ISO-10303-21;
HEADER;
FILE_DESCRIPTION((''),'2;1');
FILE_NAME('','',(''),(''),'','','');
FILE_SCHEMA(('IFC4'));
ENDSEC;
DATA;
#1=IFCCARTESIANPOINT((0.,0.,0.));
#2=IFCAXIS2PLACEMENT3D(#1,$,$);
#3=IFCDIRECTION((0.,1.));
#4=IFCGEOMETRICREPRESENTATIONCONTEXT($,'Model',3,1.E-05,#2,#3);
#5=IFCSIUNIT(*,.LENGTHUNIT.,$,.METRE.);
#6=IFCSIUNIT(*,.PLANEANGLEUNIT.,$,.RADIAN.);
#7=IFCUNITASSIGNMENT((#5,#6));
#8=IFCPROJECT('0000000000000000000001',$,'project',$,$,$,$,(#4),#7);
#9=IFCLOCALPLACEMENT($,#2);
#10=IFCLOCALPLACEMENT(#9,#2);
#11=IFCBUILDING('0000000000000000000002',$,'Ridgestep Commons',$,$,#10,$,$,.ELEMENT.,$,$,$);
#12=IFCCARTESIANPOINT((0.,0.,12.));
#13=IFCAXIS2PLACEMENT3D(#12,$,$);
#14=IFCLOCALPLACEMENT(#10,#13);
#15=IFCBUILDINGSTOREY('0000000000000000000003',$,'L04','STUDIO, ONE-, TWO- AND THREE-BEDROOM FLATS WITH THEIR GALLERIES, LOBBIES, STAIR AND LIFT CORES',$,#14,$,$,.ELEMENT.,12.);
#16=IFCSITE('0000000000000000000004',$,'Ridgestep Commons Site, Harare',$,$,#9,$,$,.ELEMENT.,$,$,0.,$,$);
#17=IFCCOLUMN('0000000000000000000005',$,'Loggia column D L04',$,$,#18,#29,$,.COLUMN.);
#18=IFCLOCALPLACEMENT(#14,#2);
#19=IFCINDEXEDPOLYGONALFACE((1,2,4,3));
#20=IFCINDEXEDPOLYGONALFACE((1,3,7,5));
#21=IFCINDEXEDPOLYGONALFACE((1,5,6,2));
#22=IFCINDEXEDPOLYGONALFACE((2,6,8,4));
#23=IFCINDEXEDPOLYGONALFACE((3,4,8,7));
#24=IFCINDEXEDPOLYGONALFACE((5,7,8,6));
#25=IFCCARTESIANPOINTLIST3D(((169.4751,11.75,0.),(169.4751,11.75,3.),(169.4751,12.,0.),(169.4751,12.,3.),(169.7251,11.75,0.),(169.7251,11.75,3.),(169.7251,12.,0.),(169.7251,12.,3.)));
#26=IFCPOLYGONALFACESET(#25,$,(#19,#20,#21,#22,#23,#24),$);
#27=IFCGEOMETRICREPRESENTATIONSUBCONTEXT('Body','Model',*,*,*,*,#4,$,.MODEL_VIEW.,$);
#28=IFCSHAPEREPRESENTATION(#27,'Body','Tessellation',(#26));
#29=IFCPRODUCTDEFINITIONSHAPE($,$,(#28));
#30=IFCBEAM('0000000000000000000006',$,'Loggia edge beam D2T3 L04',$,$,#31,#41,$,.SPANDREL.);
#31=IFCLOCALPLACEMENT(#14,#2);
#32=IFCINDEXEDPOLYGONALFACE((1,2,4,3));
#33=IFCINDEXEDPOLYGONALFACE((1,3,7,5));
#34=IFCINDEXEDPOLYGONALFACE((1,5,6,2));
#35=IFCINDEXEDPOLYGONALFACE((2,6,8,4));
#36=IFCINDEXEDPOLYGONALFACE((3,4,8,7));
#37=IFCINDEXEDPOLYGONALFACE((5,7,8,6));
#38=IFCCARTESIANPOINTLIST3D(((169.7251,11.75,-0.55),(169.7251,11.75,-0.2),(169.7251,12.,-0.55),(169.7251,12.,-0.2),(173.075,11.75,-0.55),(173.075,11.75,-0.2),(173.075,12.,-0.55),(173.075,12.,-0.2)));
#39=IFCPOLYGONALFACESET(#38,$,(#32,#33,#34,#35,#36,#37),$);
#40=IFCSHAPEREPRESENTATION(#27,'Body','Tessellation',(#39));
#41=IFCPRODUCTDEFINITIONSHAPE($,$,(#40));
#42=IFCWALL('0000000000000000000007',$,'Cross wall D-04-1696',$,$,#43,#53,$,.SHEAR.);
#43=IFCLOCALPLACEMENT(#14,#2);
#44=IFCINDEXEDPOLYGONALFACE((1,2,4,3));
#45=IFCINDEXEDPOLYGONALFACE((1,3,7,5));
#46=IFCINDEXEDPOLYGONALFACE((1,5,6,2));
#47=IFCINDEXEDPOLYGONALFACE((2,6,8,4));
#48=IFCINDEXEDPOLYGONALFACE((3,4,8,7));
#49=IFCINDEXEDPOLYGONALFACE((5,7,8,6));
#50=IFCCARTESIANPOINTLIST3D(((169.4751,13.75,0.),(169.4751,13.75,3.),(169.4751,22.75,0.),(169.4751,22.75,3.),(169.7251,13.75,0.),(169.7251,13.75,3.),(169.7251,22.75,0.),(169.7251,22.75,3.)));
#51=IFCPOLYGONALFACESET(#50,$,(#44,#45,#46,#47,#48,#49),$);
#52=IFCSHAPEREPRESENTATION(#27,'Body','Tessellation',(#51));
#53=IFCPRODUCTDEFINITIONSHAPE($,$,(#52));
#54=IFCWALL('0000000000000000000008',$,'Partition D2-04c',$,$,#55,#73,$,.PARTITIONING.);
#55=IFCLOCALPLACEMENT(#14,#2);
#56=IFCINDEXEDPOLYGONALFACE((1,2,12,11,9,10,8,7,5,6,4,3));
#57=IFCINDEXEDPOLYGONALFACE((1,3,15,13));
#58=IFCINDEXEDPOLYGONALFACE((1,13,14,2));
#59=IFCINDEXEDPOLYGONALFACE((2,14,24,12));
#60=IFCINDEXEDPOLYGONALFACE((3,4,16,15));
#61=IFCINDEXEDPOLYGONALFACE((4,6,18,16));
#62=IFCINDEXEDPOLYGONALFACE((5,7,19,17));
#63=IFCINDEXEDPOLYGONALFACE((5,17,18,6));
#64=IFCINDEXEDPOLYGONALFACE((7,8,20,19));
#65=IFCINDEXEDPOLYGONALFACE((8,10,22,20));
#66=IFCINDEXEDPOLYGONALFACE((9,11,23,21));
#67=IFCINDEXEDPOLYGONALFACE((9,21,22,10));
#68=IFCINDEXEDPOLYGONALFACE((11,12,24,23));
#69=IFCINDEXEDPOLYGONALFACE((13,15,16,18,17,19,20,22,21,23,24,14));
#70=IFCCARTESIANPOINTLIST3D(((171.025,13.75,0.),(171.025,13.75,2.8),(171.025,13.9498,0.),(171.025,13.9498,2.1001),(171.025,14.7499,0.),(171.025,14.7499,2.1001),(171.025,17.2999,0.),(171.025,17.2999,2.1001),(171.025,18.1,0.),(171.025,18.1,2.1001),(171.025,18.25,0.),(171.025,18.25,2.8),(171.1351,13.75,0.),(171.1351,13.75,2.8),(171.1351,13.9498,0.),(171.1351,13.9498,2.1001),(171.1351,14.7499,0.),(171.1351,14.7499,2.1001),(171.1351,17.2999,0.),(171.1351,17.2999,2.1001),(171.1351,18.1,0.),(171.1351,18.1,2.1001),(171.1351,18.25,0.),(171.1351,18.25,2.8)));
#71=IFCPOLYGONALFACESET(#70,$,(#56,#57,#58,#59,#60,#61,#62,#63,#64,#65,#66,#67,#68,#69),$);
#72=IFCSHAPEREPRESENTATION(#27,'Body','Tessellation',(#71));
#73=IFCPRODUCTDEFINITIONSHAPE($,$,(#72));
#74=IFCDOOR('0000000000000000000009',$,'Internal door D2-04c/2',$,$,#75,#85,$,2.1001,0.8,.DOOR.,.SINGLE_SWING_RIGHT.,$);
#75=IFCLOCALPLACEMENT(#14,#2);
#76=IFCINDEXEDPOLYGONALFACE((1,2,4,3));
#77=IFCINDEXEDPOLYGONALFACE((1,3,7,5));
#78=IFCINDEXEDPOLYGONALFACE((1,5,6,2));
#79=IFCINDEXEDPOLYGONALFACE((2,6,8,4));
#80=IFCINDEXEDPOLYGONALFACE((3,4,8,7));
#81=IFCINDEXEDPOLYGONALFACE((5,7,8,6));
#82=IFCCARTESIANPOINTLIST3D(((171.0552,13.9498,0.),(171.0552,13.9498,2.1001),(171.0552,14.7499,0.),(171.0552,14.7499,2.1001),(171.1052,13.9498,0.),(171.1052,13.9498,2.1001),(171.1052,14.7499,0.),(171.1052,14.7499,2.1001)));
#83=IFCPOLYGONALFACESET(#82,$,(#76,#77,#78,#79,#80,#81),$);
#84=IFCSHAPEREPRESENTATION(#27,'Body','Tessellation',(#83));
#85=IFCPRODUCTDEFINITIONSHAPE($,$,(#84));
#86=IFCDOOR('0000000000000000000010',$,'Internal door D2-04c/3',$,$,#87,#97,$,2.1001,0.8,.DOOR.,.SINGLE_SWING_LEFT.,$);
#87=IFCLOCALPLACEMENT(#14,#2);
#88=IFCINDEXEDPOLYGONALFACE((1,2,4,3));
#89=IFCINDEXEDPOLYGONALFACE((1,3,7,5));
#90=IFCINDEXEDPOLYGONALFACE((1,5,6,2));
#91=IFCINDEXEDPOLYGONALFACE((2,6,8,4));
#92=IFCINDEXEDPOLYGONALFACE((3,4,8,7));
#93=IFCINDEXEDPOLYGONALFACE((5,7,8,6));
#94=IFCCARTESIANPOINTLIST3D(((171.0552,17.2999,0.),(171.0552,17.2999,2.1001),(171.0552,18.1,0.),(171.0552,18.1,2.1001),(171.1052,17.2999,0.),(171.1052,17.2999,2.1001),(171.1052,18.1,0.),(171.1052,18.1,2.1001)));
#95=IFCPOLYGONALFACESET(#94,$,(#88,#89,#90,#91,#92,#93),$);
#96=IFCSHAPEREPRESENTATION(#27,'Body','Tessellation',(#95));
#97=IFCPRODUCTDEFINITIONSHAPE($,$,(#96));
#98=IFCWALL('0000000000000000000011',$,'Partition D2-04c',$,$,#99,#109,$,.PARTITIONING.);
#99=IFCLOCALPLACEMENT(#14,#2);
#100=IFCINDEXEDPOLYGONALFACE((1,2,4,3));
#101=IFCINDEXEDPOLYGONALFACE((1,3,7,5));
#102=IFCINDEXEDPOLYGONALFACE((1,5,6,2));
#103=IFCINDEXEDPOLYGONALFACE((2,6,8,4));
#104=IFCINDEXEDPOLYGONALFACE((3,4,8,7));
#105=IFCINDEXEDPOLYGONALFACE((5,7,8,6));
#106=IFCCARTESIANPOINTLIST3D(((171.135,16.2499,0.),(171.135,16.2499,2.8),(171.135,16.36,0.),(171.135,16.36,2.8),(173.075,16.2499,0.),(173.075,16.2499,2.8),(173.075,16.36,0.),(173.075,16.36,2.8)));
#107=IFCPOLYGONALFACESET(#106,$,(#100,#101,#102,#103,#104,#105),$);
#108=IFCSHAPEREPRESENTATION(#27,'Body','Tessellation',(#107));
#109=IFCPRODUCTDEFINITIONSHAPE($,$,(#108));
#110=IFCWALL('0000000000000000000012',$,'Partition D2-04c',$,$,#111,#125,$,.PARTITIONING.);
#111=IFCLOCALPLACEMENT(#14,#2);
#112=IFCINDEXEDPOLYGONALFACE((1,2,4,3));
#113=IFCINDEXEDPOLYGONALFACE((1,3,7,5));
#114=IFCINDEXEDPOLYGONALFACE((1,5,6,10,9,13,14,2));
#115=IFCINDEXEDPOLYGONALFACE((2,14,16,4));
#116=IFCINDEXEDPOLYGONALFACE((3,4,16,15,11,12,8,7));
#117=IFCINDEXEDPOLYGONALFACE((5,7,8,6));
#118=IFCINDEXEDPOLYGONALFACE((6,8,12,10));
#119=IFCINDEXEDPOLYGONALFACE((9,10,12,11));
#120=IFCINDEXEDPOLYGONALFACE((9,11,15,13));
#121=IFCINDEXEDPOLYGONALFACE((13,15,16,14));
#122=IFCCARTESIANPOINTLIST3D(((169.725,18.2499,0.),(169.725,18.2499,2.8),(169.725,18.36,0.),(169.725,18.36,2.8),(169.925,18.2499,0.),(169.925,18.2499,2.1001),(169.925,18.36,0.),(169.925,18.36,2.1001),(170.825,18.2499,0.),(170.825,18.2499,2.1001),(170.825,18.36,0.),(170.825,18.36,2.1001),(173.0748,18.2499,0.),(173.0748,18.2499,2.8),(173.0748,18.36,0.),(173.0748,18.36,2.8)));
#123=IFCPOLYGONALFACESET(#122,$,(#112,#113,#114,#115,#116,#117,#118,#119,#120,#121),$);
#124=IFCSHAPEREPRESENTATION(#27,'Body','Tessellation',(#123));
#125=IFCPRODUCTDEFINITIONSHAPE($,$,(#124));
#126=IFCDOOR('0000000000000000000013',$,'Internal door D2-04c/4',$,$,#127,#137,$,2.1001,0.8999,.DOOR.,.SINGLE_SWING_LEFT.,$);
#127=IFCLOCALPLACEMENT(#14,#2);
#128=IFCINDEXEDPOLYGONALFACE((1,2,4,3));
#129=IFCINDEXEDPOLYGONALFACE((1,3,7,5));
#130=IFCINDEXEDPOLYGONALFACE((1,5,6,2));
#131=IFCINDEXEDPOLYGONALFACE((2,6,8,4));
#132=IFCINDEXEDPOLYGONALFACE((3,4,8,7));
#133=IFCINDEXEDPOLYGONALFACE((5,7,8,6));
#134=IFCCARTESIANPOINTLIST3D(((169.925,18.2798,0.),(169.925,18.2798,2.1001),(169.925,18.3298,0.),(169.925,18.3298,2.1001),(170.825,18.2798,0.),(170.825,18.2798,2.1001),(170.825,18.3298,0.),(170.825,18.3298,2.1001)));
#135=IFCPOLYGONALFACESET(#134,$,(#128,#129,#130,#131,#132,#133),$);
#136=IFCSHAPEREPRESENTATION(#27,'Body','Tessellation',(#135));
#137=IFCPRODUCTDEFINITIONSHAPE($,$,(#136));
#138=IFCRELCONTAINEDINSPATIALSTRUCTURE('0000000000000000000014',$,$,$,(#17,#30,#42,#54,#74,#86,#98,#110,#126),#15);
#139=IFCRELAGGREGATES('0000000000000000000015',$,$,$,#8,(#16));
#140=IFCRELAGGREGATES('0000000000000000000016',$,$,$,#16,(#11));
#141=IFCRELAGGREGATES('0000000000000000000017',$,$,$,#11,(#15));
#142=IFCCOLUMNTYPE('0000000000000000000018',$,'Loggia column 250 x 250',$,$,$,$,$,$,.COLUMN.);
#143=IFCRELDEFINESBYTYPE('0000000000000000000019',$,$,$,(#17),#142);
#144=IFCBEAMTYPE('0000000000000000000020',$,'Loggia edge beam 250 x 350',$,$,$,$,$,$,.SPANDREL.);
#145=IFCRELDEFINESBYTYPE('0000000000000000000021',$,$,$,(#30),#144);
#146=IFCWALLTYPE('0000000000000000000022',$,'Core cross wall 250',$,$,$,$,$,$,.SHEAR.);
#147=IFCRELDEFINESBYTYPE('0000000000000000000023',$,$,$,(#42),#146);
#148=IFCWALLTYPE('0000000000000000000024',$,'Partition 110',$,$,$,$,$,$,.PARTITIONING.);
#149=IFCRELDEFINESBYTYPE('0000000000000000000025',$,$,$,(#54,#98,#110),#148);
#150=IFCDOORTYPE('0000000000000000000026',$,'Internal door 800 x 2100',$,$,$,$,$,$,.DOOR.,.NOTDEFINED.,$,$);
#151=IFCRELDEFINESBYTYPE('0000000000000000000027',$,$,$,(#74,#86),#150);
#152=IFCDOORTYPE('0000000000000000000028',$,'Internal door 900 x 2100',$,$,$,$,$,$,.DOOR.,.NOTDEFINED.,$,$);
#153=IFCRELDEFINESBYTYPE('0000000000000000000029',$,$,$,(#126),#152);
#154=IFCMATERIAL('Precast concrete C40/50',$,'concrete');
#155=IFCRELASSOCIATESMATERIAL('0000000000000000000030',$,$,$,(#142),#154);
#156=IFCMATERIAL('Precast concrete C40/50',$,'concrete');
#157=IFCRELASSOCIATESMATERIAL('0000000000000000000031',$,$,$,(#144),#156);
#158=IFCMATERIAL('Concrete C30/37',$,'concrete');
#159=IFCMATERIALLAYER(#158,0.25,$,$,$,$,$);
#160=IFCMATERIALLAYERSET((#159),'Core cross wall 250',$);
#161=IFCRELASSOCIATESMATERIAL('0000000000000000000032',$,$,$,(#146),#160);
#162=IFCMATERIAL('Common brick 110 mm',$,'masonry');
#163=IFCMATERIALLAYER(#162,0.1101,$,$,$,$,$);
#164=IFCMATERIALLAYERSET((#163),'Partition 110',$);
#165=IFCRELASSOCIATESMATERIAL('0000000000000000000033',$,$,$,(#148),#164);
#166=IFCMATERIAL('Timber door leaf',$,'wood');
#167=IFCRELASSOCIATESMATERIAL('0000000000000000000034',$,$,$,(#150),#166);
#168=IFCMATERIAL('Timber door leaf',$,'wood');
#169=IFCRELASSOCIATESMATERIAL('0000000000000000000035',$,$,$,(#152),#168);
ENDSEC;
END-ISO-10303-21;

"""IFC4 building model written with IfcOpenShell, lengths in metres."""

from ifc_helpers import new_model, si_unit, direction, frame, frame_2d, origin, origin_2d, place, context, subcontext, project, spatial, rectangle, extrude, material, layer, layer_set, material_profile, profile_set, type_object, element, fill, save


model = new_model("IFC4")

# Units and contexts
model_context = context("Model", 3, precision=1e-05, world=origin(), true_north=direction((0.0, 1.0)))
body_context = subcontext(model_context, "Body", "Model", "MODEL_VIEW")
ifc_project = project(units=[si_unit("LENGTHUNIT", "METRE"), si_unit("PLANEANGLEUNIT", "RADIAN")], contexts=[model_context])

# Site, building, storey
site_placement = place(None, origin())
site = spatial("IfcSite", under=ifc_project, at=site_placement, Name="Ridgestep Commons Site, Harare", CompositionType="ELEMENT", RefElevation=0.0)
building_placement = place(site_placement, origin())
building = spatial("IfcBuilding", under=site, at=building_placement, Name="Ridgestep Commons", CompositionType="ELEMENT")
storey_placement = place(building_placement, frame((0.0, 0.0, 12.0)))
storey = spatial("IfcBuildingStorey", under=building, at=storey_placement, Name="L04", Description="STUDIO, ONE-, TWO- AND THREE-BEDROOM FLATS WITH THEIR GALLERIES, LOBBIES, STAIR AND LIFT CORES", CompositionType="ELEMENT", Elevation=12.0)

# Column
ifc_material_1 = material(Name="Precast concrete C40/50", Category="concrete")
ifc_material_profile_1 = material_profile(ifc_material_1, rectangle(XDim=0.25, YDim=0.25, at=origin_2d()), Name="PC 250x250")
ifc_profile_set_1 = profile_set([ifc_material_profile_1], Name="Precast concrete C40/50")
column_type = type_object("IfcColumnType", Name="Loggia column 250 x 250", PredefinedType="COLUMN", material=ifc_profile_set_1)
column_placement = place(storey_placement, frame((169.6001, 11.875, 0.0), z_axis=(0.0, 0.0, 1.0), x_axis=(1.0, 0.0, 0.0)))
element("IfcColumn", 1, at=column_placement, inside=storey, type_object=column_type, Name="Loggia column D L04", PredefinedType="COLUMN", context=body_context, shape_type="SweptSolid", body=[
    extrude(rectangle(XDim=0.25, YDim=0.25, at=origin_2d()), origin(), (0.0, 0.0, 1.0), 3.0),
])

# Beam
ifc_material_2 = material(Name="Precast concrete C40/50", Category="concrete")
ifc_material_profile_2 = material_profile(ifc_material_2, rectangle(XDim=0.25, YDim=0.3501, at=origin_2d()), Name="PC 250x350")
ifc_profile_set_2 = profile_set([ifc_material_profile_2], Name="Precast concrete C40/50")
beam_type = type_object("IfcBeamType", Name="Loggia edge beam 250 x 350", PredefinedType="SPANDREL", material=ifc_profile_set_2)
beam_placement = place(storey_placement, frame((169.7251, 11.875, -0.375), z_axis=(1.0, 0.0, 0.0), x_axis=(0.0, 1.0, 0.0)))
element("IfcBeam", 2, at=beam_placement, inside=storey, type_object=beam_type, Name="Loggia edge beam D2T3 L04", PredefinedType="SPANDREL", context=body_context, shape_type="SweptSolid", body=[
    extrude(rectangle(XDim=0.25, YDim=0.3501, at=origin_2d()), origin(), (0.0, 0.0, 1.0), 3.3499),
])

# Wall
ifc_material_3 = material(Name="Concrete C30/37", Category="concrete")
ifc_layer_1 = layer(ifc_material_3, 0.25)
ifc_layer_set_1 = layer_set([ifc_layer_1], Name="Core cross wall 250")
wall_type_1 = type_object("IfcWallType", Name="Core cross wall 250", PredefinedType="SHEAR", material=ifc_layer_set_1)
wall_1_placement = place(storey_placement, frame((169.6001, 13.75, 0.0), z_axis=(0.0, 0.0, 1.0), x_axis=(0.0, 1.0, 0.0)))
element("IfcWall", 3, at=wall_1_placement, inside=storey, type_object=wall_type_1, Name="Cross wall D-04-1696", PredefinedType="SHEAR", context=body_context, shape_type="SweptSolid", body=[
    extrude(rectangle(XDim=9.0, YDim=0.25, at=frame_2d((4.5, 0.0))), origin(), (0.0, 0.0, 1.0), 3.0),
])

# Wall, openings, doors
ifc_material_4 = material(Name="Common brick 110 mm", Category="masonry")
ifc_layer_2 = layer(ifc_material_4, 0.1101)
ifc_layer_set_2 = layer_set([ifc_layer_2], Name="Partition 110")
wall_type_2 = type_object("IfcWallType", Name="Partition 110", PredefinedType="PARTITIONING", material=ifc_layer_set_2)
wall_2_placement = place(storey_placement, frame((171.0801, 13.75, 0.0), z_axis=(0.0, 0.0, 1.0), x_axis=(0.0, 1.0, 0.0)))
wall_2 = element("IfcWall", 4, at=wall_2_placement, inside=storey, type_object=wall_type_2, Name="Partition D2-04c", PredefinedType="PARTITIONING", context=body_context, shape_type="SweptSolid", body=[
    extrude(rectangle(XDim=4.5, YDim=0.1101, at=frame_2d((2.25, 0.0))), origin(), (0.0, 0.0, 1.0), 2.8),
])
opening_1_placement = place(wall_2_placement, frame((0.2, 0.0, 0.0)))
opening_1 = element("IfcOpeningElement", 5, at=opening_1_placement, cuts=wall_2, PredefinedType="OPENING", context=body_context, shape_type="SweptSolid", body=[
    extrude(rectangle(XDim=0.8, YDim=2.1001, at=frame_2d((0.3999, 1.05))), frame((0.0, 0.0649, 0.0), z_axis=(0.0, -1.0, 0.0), x_axis=(1.0, 0.0, 0.0)), (0.0, 0.0, 1.0), 0.1301),
])
opening_2_placement = place(wall_2_placement, frame((3.55, 0.0, 0.0)))
opening_2 = element("IfcOpeningElement", 6, at=opening_2_placement, cuts=wall_2, PredefinedType="OPENING", context=body_context, shape_type="SweptSolid", body=[
    extrude(rectangle(XDim=0.8, YDim=2.1001, at=frame_2d((0.3999, 1.05))), frame((0.0, 0.0649, 0.0), z_axis=(0.0, -1.0, 0.0), x_axis=(1.0, 0.0, 0.0)), (0.0, 0.0, 1.0), 0.1301),
])
ifc_material_5 = material(Name="Timber door leaf", Category="wood")
door_type_1 = type_object("IfcDoorType", Name="Internal door 800 x 2100", OperationType="NOTDEFINED", PredefinedType="DOOR", material=ifc_material_5)
door_1_placement = place(opening_1_placement, origin())
door_1 = element("IfcDoor", 7, at=door_1_placement, inside=storey, type_object=door_type_1, Name="Internal door D2-04c/2", OperationType="SINGLE_SWING_RIGHT", OverallHeight=2.1001, OverallWidth=0.8, PredefinedType="DOOR", context=body_context, shape_type="SweptSolid", body=[
    extrude(rectangle(XDim=0.8, YDim=2.1001, at=frame_2d((0.3999, 1.05))), frame((0.0, 0.0249, 0.0), z_axis=(0.0, -1.0, 0.0), x_axis=(1.0, 0.0, 0.0)), (0.0, 0.0, 1.0), 0.05),
])
fill(opening_1, door_1)
door_2_placement = place(opening_2_placement, origin())
door_2 = element("IfcDoor", 8, at=door_2_placement, inside=storey, type_object=door_type_1, Name="Internal door D2-04c/3", OperationType="SINGLE_SWING_LEFT", OverallHeight=2.1001, OverallWidth=0.8, PredefinedType="DOOR", context=body_context, shape_type="SweptSolid", body=[
    extrude(rectangle(XDim=0.8, YDim=2.1001, at=frame_2d((0.3999, 1.05))), frame((0.0, 0.0249, 0.0), z_axis=(0.0, -1.0, 0.0), x_axis=(1.0, 0.0, 0.0)), (0.0, 0.0, 1.0), 0.05),
])
fill(opening_2, door_2)

# Wall
wall_3_placement = place(storey_placement, frame((171.135, 16.3049, 0.0), z_axis=(0.0, 0.0, 1.0), x_axis=(1.0, 0.0, 0.0)))
element("IfcWall", 9, at=wall_3_placement, inside=storey, type_object=wall_type_2, Name="Partition D2-04c", PredefinedType="PARTITIONING", context=body_context, shape_type="SweptSolid", body=[
    extrude(rectangle(XDim=1.9399, YDim=0.1101, at=frame_2d((0.97, 0.0))), origin(), (0.0, 0.0, 1.0), 2.8),
])

# Wall, opening, door
wall_4_placement = place(storey_placement, frame((169.7251, 18.3049, 0.0), z_axis=(0.0, 0.0, 1.0), x_axis=(1.0, 0.0, 0.0)))
wall_4 = element("IfcWall", 10, at=wall_4_placement, inside=storey, type_object=wall_type_2, Name="Partition D2-04c", PredefinedType="PARTITIONING", context=body_context, shape_type="SweptSolid", body=[
    extrude(rectangle(XDim=3.3499, YDim=0.1101, at=frame_2d((1.6748, 0.0))), origin(), (0.0, 0.0, 1.0), 2.8),
])
opening_3_placement = place(wall_4_placement, frame((0.2, 0.0, 0.0)))
opening_3 = element("IfcOpeningElement", 11, at=opening_3_placement, cuts=wall_4, PredefinedType="OPENING", context=body_context, shape_type="SweptSolid", body=[
    extrude(rectangle(XDim=0.8999, YDim=2.1001, at=frame_2d((0.45, 1.05))), frame((0.0, 0.0649, 0.0), z_axis=(0.0, -1.0, 0.0), x_axis=(1.0, 0.0, 0.0)), (0.0, 0.0, 1.0), 0.1301),
])
ifc_material_6 = material(Name="Timber door leaf", Category="wood")
door_type_2 = type_object("IfcDoorType", Name="Internal door 900 x 2100", OperationType="NOTDEFINED", PredefinedType="DOOR", material=ifc_material_6)
door_3_placement = place(opening_3_placement, origin())
door_3 = element("IfcDoor", 12, at=door_3_placement, inside=storey, type_object=door_type_2, Name="Internal door D2-04c/4", OperationType="SINGLE_SWING_LEFT", OverallHeight=2.1001, OverallWidth=0.8999, PredefinedType="DOOR", context=body_context, shape_type="SweptSolid", body=[
    extrude(rectangle(XDim=0.8999, YDim=2.1001, at=frame_2d((0.45, 1.05))), frame((0.0, 0.0249, 0.0), z_axis=(0.0, -1.0, 0.0), x_axis=(1.0, 0.0, 0.0)), (0.0, 0.0, 1.0), 0.05),
])
fill(opening_3, door_3)

save(model, "model.ifc")
